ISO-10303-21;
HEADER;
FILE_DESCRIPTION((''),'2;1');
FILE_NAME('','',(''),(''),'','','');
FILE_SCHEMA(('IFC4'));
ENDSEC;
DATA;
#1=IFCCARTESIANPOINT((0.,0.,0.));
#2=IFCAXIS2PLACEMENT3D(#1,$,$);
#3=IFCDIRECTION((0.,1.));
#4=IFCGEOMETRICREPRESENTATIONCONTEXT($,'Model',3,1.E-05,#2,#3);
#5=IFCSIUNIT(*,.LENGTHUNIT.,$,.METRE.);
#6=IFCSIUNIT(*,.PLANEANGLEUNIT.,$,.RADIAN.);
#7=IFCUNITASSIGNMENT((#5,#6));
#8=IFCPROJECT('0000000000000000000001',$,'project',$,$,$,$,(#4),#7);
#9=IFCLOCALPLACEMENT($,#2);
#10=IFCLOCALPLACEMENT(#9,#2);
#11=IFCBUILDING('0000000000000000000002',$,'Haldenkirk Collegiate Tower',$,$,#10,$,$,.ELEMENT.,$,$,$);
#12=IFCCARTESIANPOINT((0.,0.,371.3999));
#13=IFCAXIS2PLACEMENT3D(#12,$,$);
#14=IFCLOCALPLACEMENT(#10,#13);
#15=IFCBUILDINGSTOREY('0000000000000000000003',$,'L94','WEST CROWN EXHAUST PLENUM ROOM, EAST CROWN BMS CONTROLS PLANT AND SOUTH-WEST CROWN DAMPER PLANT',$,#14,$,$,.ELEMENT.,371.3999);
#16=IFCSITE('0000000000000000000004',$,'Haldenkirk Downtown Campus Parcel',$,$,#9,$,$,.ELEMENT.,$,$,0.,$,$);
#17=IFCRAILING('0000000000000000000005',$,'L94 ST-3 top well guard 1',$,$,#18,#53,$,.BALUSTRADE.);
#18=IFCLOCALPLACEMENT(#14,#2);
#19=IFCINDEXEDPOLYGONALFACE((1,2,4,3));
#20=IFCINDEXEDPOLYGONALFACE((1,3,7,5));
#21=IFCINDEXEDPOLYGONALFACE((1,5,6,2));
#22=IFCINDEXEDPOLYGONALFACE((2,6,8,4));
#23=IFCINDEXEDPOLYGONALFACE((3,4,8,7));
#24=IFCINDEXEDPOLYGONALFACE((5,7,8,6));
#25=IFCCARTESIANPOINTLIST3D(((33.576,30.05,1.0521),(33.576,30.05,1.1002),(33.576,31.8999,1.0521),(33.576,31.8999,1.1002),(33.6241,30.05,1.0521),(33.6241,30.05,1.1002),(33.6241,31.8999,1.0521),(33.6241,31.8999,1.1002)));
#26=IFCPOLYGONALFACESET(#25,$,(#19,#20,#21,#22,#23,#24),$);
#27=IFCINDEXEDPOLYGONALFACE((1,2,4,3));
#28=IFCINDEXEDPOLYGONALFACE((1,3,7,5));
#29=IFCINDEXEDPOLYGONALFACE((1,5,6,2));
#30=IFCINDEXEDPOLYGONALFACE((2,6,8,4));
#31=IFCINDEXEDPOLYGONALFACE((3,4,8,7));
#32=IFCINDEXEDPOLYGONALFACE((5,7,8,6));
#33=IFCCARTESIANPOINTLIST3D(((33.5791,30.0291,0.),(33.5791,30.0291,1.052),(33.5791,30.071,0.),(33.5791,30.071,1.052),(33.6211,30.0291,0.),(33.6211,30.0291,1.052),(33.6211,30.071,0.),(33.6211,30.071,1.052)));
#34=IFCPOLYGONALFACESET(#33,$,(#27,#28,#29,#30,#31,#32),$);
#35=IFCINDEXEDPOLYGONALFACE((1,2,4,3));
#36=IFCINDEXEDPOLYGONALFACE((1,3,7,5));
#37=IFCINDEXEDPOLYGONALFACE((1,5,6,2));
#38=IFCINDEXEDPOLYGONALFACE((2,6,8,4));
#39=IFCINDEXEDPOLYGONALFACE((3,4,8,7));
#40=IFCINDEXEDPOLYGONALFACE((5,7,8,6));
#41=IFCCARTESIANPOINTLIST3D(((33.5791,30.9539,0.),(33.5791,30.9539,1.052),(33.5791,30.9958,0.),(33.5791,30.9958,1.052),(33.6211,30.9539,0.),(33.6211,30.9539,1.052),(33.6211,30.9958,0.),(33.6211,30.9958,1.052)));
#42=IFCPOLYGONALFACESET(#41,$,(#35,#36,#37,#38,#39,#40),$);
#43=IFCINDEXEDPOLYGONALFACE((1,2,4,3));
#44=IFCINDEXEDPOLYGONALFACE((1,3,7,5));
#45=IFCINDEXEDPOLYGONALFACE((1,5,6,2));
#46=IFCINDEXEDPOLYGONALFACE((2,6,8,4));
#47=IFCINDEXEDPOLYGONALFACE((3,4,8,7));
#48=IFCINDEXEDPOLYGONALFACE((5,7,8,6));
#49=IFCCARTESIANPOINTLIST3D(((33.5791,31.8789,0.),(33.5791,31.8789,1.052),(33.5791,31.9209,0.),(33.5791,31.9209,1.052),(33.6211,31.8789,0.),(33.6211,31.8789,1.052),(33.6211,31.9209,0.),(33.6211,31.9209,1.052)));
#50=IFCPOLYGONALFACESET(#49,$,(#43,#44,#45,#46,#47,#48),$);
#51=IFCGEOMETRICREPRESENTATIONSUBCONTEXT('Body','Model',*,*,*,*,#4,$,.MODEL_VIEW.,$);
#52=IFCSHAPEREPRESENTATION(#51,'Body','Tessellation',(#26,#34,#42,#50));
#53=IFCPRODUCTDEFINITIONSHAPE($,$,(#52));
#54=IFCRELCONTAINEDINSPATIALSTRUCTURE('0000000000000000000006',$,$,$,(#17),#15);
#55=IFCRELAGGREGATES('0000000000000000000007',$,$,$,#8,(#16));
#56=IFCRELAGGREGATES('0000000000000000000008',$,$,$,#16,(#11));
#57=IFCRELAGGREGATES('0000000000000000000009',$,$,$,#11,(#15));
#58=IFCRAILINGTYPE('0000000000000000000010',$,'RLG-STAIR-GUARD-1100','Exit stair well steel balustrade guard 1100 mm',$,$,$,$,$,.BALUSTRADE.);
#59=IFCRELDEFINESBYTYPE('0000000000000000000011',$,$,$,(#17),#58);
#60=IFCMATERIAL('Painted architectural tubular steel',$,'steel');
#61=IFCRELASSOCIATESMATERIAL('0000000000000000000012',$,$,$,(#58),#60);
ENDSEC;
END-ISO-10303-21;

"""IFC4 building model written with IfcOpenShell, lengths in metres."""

from ifc_helpers import new_model, si_unit, direction, frame, origin, origin_2d, place, context, subcontext, project, spatial, rectangle, extrude, material, type_object, element, save


model = new_model("IFC4")

# Units and contexts
model_context = context("Model", 3, precision=1e-05, world=origin(), true_north=direction((0.0, 1.0)))
body_context = subcontext(model_context, "Body", "Model", "MODEL_VIEW")
ifc_project = project(units=[si_unit("LENGTHUNIT", "METRE"), si_unit("PLANEANGLEUNIT", "RADIAN")], contexts=[model_context])

# Site, building, storey
site_placement = place(None, origin())
site = spatial("IfcSite", under=ifc_project, at=site_placement, Name="Haldenkirk Downtown Campus Parcel", CompositionType="ELEMENT", RefElevation=0.0)
building_placement = place(site_placement, origin())
building = spatial("IfcBuilding", under=site, at=building_placement, Name="Haldenkirk Collegiate Tower", CompositionType="ELEMENT")
storey_placement = place(building_placement, frame((0.0, 0.0, 371.3999)))
storey = spatial("IfcBuildingStorey", under=building, at=storey_placement, Name="L94", Description="WEST CROWN EXHAUST PLENUM ROOM, EAST CROWN BMS CONTROLS PLANT AND SOUTH-WEST CROWN DAMPER PLANT", CompositionType="ELEMENT", Elevation=371.3999)

# Railing
ifc_material_1 = material(Name="Painted architectural tubular steel", Category="steel")
railing_type = type_object("IfcRailingType", Name="RLG-STAIR-GUARD-1100", Description="Exit stair well steel balustrade guard 1100 mm", PredefinedType="BALUSTRADE", material=ifc_material_1)
railing_placement = place(storey_placement, frame((33.6001, 30.05, 0.0)))
element("IfcRailing", 1, at=railing_placement, inside=storey, type_object=railing_type, Name="L94 ST-3 top well guard 1", PredefinedType="BALUSTRADE", context=body_context, shape_type="SweptSolid", body=[
    extrude(rectangle(XDim=0.0481, YDim=0.0481, at=origin_2d()), frame((0.0, 0.0, 1.0762), z_axis=(0.0, 1.0, 0.0), x_axis=(-1.0, 0.0, 0.0)), (0.0, 0.0, 1.0), 1.8499),
    extrude(rectangle(XDim=0.042, YDim=0.042, at=origin_2d()), origin(), (0.0, 0.0, 1.0), 1.052),
    extrude(rectangle(XDim=0.042, YDim=0.042, at=origin_2d()), frame((0.0, 0.9248, 0.0)), (0.0, 0.0, 1.0), 1.052),
    extrude(rectangle(XDim=0.042, YDim=0.042, at=origin_2d()), frame((0.0, 1.8499, 0.0)), (0.0, 0.0, 1.0), 1.052),
])

save(model, "model.ifc")
